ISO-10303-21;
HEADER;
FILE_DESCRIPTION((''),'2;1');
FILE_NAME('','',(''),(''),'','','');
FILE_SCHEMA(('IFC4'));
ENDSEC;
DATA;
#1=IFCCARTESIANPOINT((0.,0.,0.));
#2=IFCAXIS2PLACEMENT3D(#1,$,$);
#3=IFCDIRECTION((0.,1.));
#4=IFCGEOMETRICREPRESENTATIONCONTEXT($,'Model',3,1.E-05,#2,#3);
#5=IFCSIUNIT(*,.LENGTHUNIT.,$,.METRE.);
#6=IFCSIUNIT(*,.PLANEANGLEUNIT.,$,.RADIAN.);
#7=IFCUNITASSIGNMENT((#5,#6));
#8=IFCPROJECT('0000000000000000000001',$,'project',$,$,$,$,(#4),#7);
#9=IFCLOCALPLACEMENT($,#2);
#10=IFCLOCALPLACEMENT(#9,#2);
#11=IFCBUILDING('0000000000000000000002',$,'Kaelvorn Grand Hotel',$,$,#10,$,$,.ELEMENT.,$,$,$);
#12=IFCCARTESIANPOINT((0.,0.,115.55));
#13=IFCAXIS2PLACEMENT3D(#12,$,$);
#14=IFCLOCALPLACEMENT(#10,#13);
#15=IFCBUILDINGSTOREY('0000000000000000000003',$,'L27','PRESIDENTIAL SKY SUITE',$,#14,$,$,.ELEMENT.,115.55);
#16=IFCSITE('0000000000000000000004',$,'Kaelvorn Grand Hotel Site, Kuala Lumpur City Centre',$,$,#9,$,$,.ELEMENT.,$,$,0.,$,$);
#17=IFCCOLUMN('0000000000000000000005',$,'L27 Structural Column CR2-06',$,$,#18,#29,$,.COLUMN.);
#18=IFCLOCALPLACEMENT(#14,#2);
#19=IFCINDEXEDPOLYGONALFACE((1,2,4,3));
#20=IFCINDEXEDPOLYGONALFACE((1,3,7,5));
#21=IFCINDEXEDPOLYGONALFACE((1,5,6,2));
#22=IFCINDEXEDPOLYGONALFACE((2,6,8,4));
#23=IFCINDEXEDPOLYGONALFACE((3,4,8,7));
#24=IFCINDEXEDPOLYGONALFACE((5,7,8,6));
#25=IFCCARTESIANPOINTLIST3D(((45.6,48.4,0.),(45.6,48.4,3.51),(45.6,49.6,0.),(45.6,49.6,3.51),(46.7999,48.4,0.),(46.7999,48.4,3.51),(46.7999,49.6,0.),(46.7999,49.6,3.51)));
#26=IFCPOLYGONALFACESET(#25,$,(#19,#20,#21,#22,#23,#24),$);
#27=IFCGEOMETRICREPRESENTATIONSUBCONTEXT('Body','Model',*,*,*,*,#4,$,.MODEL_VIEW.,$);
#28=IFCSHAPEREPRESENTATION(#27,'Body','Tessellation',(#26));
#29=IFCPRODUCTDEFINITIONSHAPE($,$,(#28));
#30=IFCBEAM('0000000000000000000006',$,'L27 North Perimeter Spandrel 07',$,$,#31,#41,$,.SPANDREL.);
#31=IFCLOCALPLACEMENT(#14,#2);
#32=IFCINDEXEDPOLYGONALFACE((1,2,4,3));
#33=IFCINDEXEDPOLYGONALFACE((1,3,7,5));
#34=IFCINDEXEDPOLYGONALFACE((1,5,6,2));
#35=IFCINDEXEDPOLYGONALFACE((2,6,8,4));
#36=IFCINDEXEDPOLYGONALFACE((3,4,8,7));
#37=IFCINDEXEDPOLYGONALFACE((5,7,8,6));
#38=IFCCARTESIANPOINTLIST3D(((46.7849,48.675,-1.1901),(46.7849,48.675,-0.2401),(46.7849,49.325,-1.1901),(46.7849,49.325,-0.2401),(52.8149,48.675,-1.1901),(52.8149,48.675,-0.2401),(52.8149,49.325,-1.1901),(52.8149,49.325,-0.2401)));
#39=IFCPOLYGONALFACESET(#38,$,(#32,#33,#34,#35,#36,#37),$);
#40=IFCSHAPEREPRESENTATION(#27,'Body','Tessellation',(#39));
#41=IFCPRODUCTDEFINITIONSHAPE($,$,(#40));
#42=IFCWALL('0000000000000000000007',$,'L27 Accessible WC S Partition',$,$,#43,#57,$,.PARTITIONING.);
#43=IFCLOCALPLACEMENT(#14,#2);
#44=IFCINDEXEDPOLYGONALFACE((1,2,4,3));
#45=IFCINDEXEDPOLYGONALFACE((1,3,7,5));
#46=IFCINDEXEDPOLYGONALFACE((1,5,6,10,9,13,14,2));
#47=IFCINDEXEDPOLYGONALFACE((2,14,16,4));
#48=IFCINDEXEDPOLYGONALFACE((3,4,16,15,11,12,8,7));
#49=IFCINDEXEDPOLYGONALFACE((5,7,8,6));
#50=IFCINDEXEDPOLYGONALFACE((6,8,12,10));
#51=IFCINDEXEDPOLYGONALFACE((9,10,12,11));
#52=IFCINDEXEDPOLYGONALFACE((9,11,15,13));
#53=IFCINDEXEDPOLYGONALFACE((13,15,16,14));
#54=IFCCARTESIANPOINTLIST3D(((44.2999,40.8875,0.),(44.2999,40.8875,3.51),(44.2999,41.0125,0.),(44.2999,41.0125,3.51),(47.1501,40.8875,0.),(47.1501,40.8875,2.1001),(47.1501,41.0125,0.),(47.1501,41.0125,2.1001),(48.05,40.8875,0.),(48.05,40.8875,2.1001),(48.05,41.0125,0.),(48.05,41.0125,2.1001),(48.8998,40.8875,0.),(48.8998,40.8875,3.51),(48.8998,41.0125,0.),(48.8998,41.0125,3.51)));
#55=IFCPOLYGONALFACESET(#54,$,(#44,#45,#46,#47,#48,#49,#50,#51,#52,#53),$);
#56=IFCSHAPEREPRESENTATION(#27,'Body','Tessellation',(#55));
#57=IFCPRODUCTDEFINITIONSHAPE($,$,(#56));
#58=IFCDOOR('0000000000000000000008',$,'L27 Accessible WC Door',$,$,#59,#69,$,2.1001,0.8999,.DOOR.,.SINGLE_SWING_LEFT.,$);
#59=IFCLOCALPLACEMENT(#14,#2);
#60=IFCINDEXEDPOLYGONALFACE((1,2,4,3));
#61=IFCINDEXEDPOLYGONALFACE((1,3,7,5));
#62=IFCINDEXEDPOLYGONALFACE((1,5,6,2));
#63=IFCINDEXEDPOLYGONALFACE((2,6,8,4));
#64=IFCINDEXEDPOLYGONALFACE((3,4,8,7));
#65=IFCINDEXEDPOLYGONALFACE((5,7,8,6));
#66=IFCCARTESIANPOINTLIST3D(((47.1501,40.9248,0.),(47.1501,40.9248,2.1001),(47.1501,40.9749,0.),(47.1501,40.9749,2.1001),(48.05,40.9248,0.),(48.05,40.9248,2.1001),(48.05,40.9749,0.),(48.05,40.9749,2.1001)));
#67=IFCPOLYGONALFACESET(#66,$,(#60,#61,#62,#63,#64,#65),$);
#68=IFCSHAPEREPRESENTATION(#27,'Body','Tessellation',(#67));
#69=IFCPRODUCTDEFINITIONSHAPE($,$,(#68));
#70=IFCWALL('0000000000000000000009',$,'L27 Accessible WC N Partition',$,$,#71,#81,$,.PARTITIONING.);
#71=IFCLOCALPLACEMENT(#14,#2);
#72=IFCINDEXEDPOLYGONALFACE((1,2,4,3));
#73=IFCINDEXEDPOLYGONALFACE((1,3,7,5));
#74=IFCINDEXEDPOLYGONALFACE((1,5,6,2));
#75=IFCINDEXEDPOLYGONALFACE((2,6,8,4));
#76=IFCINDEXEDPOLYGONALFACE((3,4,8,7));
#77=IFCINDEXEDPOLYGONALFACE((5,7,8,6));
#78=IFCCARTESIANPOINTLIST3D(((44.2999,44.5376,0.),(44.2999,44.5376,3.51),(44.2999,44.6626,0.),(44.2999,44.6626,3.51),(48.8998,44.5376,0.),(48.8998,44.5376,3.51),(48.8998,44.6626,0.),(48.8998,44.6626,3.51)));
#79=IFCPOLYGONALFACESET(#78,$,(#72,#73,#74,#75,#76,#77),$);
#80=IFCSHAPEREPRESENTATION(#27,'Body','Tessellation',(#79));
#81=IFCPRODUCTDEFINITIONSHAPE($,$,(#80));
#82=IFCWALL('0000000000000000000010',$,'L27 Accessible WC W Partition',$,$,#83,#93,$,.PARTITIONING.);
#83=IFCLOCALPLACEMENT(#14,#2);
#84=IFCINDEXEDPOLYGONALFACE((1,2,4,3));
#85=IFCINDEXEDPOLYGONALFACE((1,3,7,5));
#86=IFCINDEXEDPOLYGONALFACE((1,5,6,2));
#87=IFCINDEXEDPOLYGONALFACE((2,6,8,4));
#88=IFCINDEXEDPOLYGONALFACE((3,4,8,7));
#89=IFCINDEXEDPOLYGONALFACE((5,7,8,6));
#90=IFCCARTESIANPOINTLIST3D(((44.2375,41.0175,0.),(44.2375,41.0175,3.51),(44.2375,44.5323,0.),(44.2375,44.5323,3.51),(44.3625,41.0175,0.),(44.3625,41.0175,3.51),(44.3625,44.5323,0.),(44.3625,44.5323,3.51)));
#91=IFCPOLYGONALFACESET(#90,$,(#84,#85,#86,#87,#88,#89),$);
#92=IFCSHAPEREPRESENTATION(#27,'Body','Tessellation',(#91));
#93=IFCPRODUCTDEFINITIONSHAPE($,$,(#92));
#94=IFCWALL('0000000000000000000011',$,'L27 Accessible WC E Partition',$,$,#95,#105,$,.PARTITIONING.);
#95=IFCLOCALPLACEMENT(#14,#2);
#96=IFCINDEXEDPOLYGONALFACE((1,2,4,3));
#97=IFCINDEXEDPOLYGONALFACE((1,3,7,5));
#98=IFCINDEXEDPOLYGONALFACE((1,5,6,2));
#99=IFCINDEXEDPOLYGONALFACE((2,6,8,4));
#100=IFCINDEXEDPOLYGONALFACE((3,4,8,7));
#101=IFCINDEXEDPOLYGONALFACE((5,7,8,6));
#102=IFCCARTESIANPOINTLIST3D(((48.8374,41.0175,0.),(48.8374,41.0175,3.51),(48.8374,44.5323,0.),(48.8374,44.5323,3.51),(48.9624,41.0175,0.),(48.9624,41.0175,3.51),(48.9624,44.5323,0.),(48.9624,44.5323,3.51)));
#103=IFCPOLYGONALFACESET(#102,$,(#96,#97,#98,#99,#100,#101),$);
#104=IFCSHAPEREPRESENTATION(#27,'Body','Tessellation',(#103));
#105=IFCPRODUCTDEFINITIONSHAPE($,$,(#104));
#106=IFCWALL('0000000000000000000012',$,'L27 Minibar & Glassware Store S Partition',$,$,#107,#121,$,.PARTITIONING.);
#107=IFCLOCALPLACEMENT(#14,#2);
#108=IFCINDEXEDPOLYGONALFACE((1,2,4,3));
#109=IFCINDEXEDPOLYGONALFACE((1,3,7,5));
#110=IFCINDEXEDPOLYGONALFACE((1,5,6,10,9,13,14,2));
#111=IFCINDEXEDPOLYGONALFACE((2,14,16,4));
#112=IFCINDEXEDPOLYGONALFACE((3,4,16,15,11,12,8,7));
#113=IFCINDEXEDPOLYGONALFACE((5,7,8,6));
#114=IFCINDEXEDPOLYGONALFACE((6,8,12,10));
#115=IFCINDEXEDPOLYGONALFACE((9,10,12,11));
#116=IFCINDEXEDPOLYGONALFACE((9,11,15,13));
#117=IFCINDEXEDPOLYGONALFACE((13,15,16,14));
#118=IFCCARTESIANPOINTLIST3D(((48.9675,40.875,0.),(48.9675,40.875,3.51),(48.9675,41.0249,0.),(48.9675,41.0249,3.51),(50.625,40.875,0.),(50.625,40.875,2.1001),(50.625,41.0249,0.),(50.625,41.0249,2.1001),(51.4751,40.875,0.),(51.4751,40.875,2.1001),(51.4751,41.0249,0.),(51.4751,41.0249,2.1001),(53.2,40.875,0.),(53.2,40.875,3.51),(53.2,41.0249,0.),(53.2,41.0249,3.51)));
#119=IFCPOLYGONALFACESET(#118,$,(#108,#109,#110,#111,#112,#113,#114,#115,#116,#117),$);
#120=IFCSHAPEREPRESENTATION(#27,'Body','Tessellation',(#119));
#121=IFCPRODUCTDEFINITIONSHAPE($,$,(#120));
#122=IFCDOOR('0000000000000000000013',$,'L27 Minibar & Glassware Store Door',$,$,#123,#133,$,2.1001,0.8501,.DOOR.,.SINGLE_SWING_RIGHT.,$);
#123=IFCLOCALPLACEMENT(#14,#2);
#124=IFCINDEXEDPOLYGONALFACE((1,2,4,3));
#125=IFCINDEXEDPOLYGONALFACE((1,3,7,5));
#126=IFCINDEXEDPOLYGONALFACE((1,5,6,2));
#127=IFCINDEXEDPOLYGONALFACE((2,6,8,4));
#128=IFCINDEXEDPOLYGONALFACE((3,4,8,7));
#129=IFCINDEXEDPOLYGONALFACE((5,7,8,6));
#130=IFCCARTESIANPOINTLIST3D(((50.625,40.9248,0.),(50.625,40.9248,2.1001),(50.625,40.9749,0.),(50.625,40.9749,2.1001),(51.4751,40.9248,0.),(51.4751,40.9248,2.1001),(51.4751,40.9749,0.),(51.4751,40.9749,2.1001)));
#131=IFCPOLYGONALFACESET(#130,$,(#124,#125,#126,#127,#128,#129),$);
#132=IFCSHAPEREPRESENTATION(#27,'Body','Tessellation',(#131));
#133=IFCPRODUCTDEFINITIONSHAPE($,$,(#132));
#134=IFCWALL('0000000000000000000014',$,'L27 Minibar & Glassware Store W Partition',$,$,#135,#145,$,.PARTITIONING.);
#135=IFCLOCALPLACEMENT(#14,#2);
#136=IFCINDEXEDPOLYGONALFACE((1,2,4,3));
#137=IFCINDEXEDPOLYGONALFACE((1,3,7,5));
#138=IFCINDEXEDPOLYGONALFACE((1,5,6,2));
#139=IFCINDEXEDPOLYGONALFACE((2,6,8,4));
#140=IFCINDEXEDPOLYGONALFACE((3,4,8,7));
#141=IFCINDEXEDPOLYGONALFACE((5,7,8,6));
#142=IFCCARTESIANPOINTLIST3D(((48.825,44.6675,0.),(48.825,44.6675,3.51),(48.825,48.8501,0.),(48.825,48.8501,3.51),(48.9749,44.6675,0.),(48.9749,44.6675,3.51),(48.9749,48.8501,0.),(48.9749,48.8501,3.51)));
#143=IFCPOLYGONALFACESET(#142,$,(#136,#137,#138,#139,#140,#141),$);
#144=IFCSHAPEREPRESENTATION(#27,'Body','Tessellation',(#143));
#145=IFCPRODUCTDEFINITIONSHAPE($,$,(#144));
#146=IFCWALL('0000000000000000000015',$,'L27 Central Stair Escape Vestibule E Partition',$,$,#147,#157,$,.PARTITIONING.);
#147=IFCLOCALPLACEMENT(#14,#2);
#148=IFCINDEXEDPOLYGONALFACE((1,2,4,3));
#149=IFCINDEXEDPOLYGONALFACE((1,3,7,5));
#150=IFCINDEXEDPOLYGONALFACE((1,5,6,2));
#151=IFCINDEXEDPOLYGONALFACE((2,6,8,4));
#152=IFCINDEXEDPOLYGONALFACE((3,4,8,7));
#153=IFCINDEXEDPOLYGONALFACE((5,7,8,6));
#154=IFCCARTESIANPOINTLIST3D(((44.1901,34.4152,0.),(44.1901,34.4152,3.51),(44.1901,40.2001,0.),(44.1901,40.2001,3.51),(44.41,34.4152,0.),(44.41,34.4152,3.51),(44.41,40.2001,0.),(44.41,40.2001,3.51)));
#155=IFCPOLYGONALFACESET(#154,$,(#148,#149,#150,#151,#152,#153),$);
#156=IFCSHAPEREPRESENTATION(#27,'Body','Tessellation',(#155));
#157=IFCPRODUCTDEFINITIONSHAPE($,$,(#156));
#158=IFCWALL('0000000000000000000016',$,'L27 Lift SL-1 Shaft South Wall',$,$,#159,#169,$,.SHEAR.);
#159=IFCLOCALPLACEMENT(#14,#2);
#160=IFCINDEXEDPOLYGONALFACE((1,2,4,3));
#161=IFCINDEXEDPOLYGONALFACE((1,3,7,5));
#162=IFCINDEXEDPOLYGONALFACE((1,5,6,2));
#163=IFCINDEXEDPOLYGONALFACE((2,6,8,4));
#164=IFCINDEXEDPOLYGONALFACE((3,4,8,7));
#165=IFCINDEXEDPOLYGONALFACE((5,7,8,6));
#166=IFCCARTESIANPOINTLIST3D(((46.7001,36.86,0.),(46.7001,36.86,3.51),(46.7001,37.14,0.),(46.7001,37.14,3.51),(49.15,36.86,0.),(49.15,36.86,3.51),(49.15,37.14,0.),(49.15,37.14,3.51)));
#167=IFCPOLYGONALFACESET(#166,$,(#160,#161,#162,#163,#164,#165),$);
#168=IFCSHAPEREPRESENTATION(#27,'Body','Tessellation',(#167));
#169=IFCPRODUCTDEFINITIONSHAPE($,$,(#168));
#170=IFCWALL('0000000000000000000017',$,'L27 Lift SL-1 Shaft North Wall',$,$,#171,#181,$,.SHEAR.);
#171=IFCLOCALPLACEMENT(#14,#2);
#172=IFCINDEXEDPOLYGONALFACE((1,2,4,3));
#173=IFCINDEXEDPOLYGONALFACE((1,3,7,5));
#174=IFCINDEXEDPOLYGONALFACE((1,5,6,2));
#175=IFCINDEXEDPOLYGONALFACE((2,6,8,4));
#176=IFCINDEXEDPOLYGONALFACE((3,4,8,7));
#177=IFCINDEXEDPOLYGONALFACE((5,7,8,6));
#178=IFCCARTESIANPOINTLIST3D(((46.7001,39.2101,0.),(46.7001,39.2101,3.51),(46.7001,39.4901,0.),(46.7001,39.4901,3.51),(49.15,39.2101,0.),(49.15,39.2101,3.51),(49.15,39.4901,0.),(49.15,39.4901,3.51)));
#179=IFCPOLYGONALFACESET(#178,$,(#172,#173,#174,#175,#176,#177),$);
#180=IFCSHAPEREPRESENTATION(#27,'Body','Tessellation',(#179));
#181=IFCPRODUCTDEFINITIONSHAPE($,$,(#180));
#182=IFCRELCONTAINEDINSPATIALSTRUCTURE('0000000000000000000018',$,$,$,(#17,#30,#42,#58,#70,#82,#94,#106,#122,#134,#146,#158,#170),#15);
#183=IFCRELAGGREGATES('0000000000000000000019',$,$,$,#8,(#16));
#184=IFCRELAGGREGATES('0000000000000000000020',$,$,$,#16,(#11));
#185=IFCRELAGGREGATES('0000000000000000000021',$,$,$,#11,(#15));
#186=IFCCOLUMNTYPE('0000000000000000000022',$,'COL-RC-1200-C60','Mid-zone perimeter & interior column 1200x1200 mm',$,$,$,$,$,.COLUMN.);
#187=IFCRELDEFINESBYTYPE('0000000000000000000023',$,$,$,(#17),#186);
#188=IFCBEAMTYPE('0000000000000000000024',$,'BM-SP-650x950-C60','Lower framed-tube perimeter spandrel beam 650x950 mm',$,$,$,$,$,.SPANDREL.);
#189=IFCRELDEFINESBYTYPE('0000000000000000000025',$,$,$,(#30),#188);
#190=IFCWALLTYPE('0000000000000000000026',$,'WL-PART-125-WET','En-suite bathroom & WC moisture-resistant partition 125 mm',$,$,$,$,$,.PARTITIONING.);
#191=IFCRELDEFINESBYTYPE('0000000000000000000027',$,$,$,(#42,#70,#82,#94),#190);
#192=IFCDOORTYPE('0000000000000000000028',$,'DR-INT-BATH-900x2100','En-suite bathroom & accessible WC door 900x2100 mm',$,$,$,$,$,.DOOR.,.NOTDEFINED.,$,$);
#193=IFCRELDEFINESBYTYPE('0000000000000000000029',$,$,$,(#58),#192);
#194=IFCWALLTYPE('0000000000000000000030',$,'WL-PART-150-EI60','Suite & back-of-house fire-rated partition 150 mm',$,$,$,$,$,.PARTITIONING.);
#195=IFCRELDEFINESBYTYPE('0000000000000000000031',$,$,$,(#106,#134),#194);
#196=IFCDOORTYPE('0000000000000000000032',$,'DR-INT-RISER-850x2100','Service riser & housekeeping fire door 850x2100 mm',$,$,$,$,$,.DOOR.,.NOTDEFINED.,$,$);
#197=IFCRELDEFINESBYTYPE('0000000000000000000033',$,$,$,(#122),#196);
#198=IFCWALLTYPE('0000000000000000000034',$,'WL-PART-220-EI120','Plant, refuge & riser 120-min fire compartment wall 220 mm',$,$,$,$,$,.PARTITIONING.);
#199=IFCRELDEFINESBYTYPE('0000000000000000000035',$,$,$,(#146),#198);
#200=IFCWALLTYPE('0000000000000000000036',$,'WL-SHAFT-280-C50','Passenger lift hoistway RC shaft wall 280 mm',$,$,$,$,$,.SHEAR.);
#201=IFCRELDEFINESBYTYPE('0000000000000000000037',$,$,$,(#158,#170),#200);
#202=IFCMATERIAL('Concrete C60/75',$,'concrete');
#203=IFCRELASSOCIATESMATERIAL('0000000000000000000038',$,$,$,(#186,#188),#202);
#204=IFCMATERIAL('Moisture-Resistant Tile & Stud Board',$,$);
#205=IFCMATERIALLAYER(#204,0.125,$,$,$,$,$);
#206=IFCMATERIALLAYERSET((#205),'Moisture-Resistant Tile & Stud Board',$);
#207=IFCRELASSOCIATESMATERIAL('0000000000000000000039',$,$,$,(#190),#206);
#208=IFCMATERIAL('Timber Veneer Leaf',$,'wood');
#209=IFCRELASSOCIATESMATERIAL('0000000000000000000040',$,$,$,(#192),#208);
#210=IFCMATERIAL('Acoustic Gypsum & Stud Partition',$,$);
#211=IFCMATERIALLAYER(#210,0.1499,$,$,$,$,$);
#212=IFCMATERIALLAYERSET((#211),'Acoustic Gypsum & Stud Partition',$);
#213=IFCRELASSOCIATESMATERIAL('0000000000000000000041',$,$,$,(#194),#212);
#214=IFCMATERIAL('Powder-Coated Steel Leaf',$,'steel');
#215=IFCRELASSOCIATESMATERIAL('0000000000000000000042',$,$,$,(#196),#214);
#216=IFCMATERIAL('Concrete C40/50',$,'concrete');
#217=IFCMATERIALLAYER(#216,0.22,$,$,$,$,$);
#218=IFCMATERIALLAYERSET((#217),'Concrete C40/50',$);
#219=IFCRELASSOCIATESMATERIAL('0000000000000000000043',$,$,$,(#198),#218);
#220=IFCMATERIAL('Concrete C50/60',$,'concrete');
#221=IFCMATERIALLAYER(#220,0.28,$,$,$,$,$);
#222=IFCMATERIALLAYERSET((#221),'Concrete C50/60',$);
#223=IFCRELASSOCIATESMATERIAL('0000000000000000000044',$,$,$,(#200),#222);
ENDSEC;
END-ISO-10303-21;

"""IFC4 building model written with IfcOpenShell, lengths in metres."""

from ifc_helpers import new_model, si_unit, direction, frame, frame_2d, origin, origin_2d, place, context, subcontext, project, spatial, rectangle, extrude, material, layer, layer_set, material_profile, profile_set, type_object, element, fill, save


model = new_model("IFC4")

# Units and contexts
model_context = context("Model", 3, precision=1e-05, world=origin(), true_north=direction((0.0, 1.0)))
body_context = subcontext(model_context, "Body", "Model", "MODEL_VIEW")
ifc_project = project(units=[si_unit("LENGTHUNIT", "METRE"), si_unit("PLANEANGLEUNIT", "RADIAN")], contexts=[model_context])

# Site, building, storey
site_placement = place(None, origin())
site = spatial("IfcSite", under=ifc_project, at=site_placement, Name="Kaelvorn Grand Hotel Site, Kuala Lumpur City Centre", CompositionType="ELEMENT", RefElevation=0.0)
building_placement = place(site_placement, origin())
building = spatial("IfcBuilding", under=site, at=building_placement, Name="Kaelvorn Grand Hotel", CompositionType="ELEMENT")
storey_placement = place(building_placement, frame((0.0, 0.0, 115.55)))
storey = spatial("IfcBuildingStorey", under=building, at=storey_placement, Name="L27", Description="PRESIDENTIAL SKY SUITE", CompositionType="ELEMENT", Elevation=115.55)

# Column
ifc_material_1 = material(Name="Concrete C60/75", Category="concrete")
ifc_material_profile_1 = material_profile(ifc_material_1, rectangle(XDim=1.2, YDim=1.2, at=origin_2d()), Name="RC COL 1200x1200")
ifc_profile_set_1 = profile_set([ifc_material_profile_1], Name="Concrete C60/75")
column_type = type_object("IfcColumnType", Name="COL-RC-1200-C60", Description="Mid-zone perimeter & interior column 1200x1200 mm", PredefinedType="COLUMN", material=ifc_profile_set_1)
column_placement = place(storey_placement, frame((46.2, 49.0, 0.0), z_axis=(0.0, 0.0, 1.0), x_axis=(1.0, 0.0, 0.0)))
element("IfcColumn", 1, at=column_placement, inside=storey, type_object=column_type, Name="L27 Structural Column CR2-06", PredefinedType="COLUMN", context=body_context, shape_type="SweptSolid", body=[
    extrude(rectangle(XDim=1.2, YDim=1.2, at=origin_2d()), origin(), (0.0, 0.0, 1.0), 3.51),
])

# Beam
ifc_material_profile_2 = material_profile(ifc_material_1, rectangle(XDim=0.6499, YDim=0.95, at=origin_2d()), Name="RC SPANDREL 650x950")
ifc_profile_set_2 = profile_set([ifc_material_profile_2], Name="Concrete C60/75")
beam_type = type_object("IfcBeamType", Name="BM-SP-650x950-C60", Description="Lower framed-tube perimeter spandrel beam 650x950 mm", PredefinedType="SPANDREL", material=ifc_profile_set_2)
beam_placement = place(storey_placement, frame((46.7849, 49.0, -0.7151), z_axis=(1.0, 0.0, 0.0), x_axis=(0.0, 1.0, 0.0)))
element("IfcBeam", 2, at=beam_placement, inside=storey, type_object=beam_type, Name="L27 North Perimeter Spandrel 07", PredefinedType="SPANDREL", context=body_context, shape_type="SweptSolid", body=[
    extrude(rectangle(XDim=0.6499, YDim=0.95, at=origin_2d()), origin(), (0.0, 0.0, 1.0), 6.03),
])

# Wall, opening, door
ifc_material_2 = material(Name="Moisture-Resistant Tile & Stud Board")
ifc_layer_1 = layer(ifc_material_2, 0.125)
ifc_layer_set_1 = layer_set([ifc_layer_1], Name="Moisture-Resistant Tile & Stud Board")
wall_type_1 = type_object("IfcWallType", Name="WL-PART-125-WET", Description="En-suite bathroom & WC moisture-resistant partition 125 mm", PredefinedType="PARTITIONING", material=ifc_layer_set_1)
wall_1_placement = place(storey_placement, frame((44.3, 40.95, 0.0), z_axis=(0.0, 0.0, 1.0), x_axis=(1.0, 0.0, 0.0)))
wall_1 = element("IfcWall", 3, at=wall_1_placement, inside=storey, type_object=wall_type_1, Name="L27 Accessible WC S Partition", PredefinedType="PARTITIONING", context=body_context, shape_type="SweptSolid", body=[
    extrude(rectangle(XDim=4.5999, YDim=0.125, at=frame_2d((2.2998, 0.0))), origin(), (0.0, 0.0, 1.0), 3.51),
])
opening_1_placement = place(wall_1_placement, frame((2.8501, 0.0, 0.0)))
opening_1 = element("IfcOpeningElement", 4, at=opening_1_placement, cuts=wall_1, PredefinedType="OPENING", context=body_context, shape_type="SweptSolid", body=[
    extrude(rectangle(XDim=0.8999, YDim=2.1001, at=frame_2d((0.45, 1.05))), frame((0.0, 0.0725, 0.0), z_axis=(0.0, -1.0, 0.0), x_axis=(1.0, 0.0, 0.0)), (0.0, 0.0, 1.0), 0.145),
])
ifc_material_3 = material(Name="Timber Veneer Leaf", Category="wood")
door_type_1 = type_object("IfcDoorType", Name="DR-INT-BATH-900x2100", Description="En-suite bathroom & accessible WC door 900x2100 mm", OperationType="NOTDEFINED", PredefinedType="DOOR", material=ifc_material_3)
door_1_placement = place(opening_1_placement, origin())
door_1 = element("IfcDoor", 5, at=door_1_placement, inside=storey, type_object=door_type_1, Name="L27 Accessible WC Door", OperationType="SINGLE_SWING_LEFT", OverallHeight=2.1001, OverallWidth=0.8999, PredefinedType="DOOR", context=body_context, shape_type="SweptSolid", body=[
    extrude(rectangle(XDim=0.8999, YDim=2.1001, at=frame_2d((0.45, 1.05))), frame((0.0, 0.0249, 0.0), z_axis=(0.0, -1.0, 0.0), x_axis=(1.0, 0.0, 0.0)), (0.0, 0.0, 1.0), 0.05),
])
fill(opening_1, door_1)

# Walls
wall_2_placement = place(storey_placement, frame((44.3, 44.6001, 0.0), z_axis=(0.0, 0.0, 1.0), x_axis=(1.0, 0.0, 0.0)))
element("IfcWall", 6, at=wall_2_placement, inside=storey, type_object=wall_type_1, Name="L27 Accessible WC N Partition", PredefinedType="PARTITIONING", context=body_context, shape_type="SweptSolid", body=[
    extrude(rectangle(XDim=4.5999, YDim=0.125, at=frame_2d((2.2998, 0.0))), origin(), (0.0, 0.0, 1.0), 3.51),
])
for number, where, z_axis, x_axis, name in (
    (7, (44.3, 41.0176, 0.0), (0.0, 0.0, 1.0), (0.0, 1.0, 0.0), "L27 Accessible WC W Partition"),
    (8, (48.8999, 41.0176, 0.0), (0.0, 0.0, 1.0), (0.0, 1.0, 0.0), "L27 Accessible WC E Partition"),
):
    element("IfcWall", number, at=place(storey_placement, frame(where, z_axis=z_axis, x_axis=x_axis)), inside=storey, type_object=wall_type_1, Name=name, PredefinedType="PARTITIONING", context=body_context, shape_type="SweptSolid", body=[
        extrude(rectangle(XDim=3.5149, YDim=0.125, at=frame_2d((1.7573, 0.0))), origin(), (0.0, 0.0, 1.0), 3.51),
    ])

# Wall, opening, door
ifc_material_4 = material(Name="Acoustic Gypsum & Stud Partition")
ifc_layer_2 = layer(ifc_material_4, 0.1499)
ifc_layer_set_2 = layer_set([ifc_layer_2], Name="Acoustic Gypsum & Stud Partition")
wall_type_2 = type_object("IfcWallType", Name="WL-PART-150-EI60", Description="Suite & back-of-house fire-rated partition 150 mm", PredefinedType="PARTITIONING", material=ifc_layer_set_2)
wall_3_placement = place(storey_placement, frame((48.9675, 40.95, 0.0), z_axis=(0.0, 0.0, 1.0), x_axis=(1.0, 0.0, 0.0)))
wall_3 = element("IfcWall", 9, at=wall_3_placement, inside=storey, type_object=wall_type_2, Name="L27 Minibar & Glassware Store S Partition", PredefinedType="PARTITIONING", context=body_context, shape_type="SweptSolid", body=[
    extrude(rectangle(XDim=4.2324, YDim=0.1499, at=frame_2d((2.1162, 0.0))), origin(), (0.0, 0.0, 1.0), 3.51),
])
opening_2_placement = place(wall_3_placement, frame((1.6575, 0.0, 0.0)))
opening_2 = element("IfcOpeningElement", 10, at=opening_2_placement, cuts=wall_3, PredefinedType="OPENING", context=body_context, shape_type="SweptSolid", body=[
    extrude(rectangle(XDim=0.8501, YDim=2.1001, at=frame_2d((0.425, 1.05))), frame((0.0, 0.085, 0.0), z_axis=(0.0, -1.0, 0.0), x_axis=(1.0, 0.0, 0.0)), (0.0, 0.0, 1.0), 0.1699),
])
ifc_material_5 = material(Name="Powder-Coated Steel Leaf", Category="steel")
door_type_2 = type_object("IfcDoorType", Name="DR-INT-RISER-850x2100", Description="Service riser & housekeeping fire door 850x2100 mm", OperationType="NOTDEFINED", PredefinedType="DOOR", material=ifc_material_5)
door_2_placement = place(opening_2_placement, origin())
door_2 = element("IfcDoor", 11, at=door_2_placement, inside=storey, type_object=door_type_2, Name="L27 Minibar & Glassware Store Door", OperationType="SINGLE_SWING_RIGHT", OverallHeight=2.1001, OverallWidth=0.8501, PredefinedType="DOOR", context=body_context, shape_type="SweptSolid", body=[
    extrude(rectangle(XDim=0.8501, YDim=2.1001, at=frame_2d((0.425, 1.05))), frame((0.0, 0.0249, 0.0), z_axis=(0.0, -1.0, 0.0), x_axis=(1.0, 0.0, 0.0)), (0.0, 0.0, 1.0), 0.05),
])
fill(opening_2, door_2)

# Walls
wall_4_placement = place(storey_placement, frame((48.8999, 44.6675, 0.0), z_axis=(0.0, 0.0, 1.0), x_axis=(0.0, 1.0, 0.0)))
element("IfcWall", 12, at=wall_4_placement, inside=storey, type_object=wall_type_2, Name="L27 Minibar & Glassware Store W Partition", PredefinedType="PARTITIONING", context=body_context, shape_type="SweptSolid", body=[
    extrude(rectangle(XDim=4.1826, YDim=0.1499, at=frame_2d((2.0913, 0.0))), origin(), (0.0, 0.0, 1.0), 3.51),
])
ifc_material_6 = material(Name="Concrete C40/50", Category="concrete")
ifc_layer_3 = layer(ifc_material_6, 0.22)
ifc_layer_set_3 = layer_set([ifc_layer_3], Name="Concrete C40/50")
wall_type_3 = type_object("IfcWallType", Name="WL-PART-220-EI120", Description="Plant, refuge & riser 120-min fire compartment wall 220 mm", PredefinedType="PARTITIONING", material=ifc_layer_set_3)
wall_5_placement = place(storey_placement, frame((44.3, 34.415, 0.0), z_axis=(0.0, 0.0, 1.0), x_axis=(0.0, 1.0, 0.0)))
element("IfcWall", 13, at=wall_5_placement, inside=storey, type_object=wall_type_3, Name="L27 Central Stair Escape Vestibule E Partition", PredefinedType="PARTITIONING", context=body_context, shape_type="SweptSolid", body=[
    extrude(rectangle(XDim=5.7849, YDim=0.22, at=frame_2d((2.8926, 0.0))), origin(), (0.0, 0.0, 1.0), 3.51),
])
ifc_material_7 = material(Name="Concrete C50/60", Category="concrete")
ifc_layer_4 = layer(ifc_material_7, 0.28)
ifc_layer_set_4 = layer_set([ifc_layer_4], Name="Concrete C50/60")
wall_type_4 = type_object("IfcWallType", Name="WL-SHAFT-280-C50", Description="Passenger lift hoistway RC shaft wall 280 mm", PredefinedType="SHEAR", material=ifc_layer_set_4)
for number, where, z_axis, x_axis, name in (
    (14, (46.7, 37.0, 0.0), (0.0, 0.0, 1.0), (1.0, 0.0, 0.0), "L27 Lift SL-1 Shaft South Wall"),
    (15, (46.7, 39.3501, 0.0), (0.0, 0.0, 1.0), (1.0, 0.0, 0.0), "L27 Lift SL-1 Shaft North Wall"),
):
    element("IfcWall", number, at=place(storey_placement, frame(where, z_axis=z_axis, x_axis=x_axis)), inside=storey, type_object=wall_type_4, Name=name, PredefinedType="SHEAR", context=body_context, shape_type="SweptSolid", body=[
        extrude(rectangle(XDim=2.45, YDim=0.28, at=frame_2d((1.2251, 0.0))), origin(), (0.0, 0.0, 1.0), 3.51),
    ])

save(model, "model.ifc")
